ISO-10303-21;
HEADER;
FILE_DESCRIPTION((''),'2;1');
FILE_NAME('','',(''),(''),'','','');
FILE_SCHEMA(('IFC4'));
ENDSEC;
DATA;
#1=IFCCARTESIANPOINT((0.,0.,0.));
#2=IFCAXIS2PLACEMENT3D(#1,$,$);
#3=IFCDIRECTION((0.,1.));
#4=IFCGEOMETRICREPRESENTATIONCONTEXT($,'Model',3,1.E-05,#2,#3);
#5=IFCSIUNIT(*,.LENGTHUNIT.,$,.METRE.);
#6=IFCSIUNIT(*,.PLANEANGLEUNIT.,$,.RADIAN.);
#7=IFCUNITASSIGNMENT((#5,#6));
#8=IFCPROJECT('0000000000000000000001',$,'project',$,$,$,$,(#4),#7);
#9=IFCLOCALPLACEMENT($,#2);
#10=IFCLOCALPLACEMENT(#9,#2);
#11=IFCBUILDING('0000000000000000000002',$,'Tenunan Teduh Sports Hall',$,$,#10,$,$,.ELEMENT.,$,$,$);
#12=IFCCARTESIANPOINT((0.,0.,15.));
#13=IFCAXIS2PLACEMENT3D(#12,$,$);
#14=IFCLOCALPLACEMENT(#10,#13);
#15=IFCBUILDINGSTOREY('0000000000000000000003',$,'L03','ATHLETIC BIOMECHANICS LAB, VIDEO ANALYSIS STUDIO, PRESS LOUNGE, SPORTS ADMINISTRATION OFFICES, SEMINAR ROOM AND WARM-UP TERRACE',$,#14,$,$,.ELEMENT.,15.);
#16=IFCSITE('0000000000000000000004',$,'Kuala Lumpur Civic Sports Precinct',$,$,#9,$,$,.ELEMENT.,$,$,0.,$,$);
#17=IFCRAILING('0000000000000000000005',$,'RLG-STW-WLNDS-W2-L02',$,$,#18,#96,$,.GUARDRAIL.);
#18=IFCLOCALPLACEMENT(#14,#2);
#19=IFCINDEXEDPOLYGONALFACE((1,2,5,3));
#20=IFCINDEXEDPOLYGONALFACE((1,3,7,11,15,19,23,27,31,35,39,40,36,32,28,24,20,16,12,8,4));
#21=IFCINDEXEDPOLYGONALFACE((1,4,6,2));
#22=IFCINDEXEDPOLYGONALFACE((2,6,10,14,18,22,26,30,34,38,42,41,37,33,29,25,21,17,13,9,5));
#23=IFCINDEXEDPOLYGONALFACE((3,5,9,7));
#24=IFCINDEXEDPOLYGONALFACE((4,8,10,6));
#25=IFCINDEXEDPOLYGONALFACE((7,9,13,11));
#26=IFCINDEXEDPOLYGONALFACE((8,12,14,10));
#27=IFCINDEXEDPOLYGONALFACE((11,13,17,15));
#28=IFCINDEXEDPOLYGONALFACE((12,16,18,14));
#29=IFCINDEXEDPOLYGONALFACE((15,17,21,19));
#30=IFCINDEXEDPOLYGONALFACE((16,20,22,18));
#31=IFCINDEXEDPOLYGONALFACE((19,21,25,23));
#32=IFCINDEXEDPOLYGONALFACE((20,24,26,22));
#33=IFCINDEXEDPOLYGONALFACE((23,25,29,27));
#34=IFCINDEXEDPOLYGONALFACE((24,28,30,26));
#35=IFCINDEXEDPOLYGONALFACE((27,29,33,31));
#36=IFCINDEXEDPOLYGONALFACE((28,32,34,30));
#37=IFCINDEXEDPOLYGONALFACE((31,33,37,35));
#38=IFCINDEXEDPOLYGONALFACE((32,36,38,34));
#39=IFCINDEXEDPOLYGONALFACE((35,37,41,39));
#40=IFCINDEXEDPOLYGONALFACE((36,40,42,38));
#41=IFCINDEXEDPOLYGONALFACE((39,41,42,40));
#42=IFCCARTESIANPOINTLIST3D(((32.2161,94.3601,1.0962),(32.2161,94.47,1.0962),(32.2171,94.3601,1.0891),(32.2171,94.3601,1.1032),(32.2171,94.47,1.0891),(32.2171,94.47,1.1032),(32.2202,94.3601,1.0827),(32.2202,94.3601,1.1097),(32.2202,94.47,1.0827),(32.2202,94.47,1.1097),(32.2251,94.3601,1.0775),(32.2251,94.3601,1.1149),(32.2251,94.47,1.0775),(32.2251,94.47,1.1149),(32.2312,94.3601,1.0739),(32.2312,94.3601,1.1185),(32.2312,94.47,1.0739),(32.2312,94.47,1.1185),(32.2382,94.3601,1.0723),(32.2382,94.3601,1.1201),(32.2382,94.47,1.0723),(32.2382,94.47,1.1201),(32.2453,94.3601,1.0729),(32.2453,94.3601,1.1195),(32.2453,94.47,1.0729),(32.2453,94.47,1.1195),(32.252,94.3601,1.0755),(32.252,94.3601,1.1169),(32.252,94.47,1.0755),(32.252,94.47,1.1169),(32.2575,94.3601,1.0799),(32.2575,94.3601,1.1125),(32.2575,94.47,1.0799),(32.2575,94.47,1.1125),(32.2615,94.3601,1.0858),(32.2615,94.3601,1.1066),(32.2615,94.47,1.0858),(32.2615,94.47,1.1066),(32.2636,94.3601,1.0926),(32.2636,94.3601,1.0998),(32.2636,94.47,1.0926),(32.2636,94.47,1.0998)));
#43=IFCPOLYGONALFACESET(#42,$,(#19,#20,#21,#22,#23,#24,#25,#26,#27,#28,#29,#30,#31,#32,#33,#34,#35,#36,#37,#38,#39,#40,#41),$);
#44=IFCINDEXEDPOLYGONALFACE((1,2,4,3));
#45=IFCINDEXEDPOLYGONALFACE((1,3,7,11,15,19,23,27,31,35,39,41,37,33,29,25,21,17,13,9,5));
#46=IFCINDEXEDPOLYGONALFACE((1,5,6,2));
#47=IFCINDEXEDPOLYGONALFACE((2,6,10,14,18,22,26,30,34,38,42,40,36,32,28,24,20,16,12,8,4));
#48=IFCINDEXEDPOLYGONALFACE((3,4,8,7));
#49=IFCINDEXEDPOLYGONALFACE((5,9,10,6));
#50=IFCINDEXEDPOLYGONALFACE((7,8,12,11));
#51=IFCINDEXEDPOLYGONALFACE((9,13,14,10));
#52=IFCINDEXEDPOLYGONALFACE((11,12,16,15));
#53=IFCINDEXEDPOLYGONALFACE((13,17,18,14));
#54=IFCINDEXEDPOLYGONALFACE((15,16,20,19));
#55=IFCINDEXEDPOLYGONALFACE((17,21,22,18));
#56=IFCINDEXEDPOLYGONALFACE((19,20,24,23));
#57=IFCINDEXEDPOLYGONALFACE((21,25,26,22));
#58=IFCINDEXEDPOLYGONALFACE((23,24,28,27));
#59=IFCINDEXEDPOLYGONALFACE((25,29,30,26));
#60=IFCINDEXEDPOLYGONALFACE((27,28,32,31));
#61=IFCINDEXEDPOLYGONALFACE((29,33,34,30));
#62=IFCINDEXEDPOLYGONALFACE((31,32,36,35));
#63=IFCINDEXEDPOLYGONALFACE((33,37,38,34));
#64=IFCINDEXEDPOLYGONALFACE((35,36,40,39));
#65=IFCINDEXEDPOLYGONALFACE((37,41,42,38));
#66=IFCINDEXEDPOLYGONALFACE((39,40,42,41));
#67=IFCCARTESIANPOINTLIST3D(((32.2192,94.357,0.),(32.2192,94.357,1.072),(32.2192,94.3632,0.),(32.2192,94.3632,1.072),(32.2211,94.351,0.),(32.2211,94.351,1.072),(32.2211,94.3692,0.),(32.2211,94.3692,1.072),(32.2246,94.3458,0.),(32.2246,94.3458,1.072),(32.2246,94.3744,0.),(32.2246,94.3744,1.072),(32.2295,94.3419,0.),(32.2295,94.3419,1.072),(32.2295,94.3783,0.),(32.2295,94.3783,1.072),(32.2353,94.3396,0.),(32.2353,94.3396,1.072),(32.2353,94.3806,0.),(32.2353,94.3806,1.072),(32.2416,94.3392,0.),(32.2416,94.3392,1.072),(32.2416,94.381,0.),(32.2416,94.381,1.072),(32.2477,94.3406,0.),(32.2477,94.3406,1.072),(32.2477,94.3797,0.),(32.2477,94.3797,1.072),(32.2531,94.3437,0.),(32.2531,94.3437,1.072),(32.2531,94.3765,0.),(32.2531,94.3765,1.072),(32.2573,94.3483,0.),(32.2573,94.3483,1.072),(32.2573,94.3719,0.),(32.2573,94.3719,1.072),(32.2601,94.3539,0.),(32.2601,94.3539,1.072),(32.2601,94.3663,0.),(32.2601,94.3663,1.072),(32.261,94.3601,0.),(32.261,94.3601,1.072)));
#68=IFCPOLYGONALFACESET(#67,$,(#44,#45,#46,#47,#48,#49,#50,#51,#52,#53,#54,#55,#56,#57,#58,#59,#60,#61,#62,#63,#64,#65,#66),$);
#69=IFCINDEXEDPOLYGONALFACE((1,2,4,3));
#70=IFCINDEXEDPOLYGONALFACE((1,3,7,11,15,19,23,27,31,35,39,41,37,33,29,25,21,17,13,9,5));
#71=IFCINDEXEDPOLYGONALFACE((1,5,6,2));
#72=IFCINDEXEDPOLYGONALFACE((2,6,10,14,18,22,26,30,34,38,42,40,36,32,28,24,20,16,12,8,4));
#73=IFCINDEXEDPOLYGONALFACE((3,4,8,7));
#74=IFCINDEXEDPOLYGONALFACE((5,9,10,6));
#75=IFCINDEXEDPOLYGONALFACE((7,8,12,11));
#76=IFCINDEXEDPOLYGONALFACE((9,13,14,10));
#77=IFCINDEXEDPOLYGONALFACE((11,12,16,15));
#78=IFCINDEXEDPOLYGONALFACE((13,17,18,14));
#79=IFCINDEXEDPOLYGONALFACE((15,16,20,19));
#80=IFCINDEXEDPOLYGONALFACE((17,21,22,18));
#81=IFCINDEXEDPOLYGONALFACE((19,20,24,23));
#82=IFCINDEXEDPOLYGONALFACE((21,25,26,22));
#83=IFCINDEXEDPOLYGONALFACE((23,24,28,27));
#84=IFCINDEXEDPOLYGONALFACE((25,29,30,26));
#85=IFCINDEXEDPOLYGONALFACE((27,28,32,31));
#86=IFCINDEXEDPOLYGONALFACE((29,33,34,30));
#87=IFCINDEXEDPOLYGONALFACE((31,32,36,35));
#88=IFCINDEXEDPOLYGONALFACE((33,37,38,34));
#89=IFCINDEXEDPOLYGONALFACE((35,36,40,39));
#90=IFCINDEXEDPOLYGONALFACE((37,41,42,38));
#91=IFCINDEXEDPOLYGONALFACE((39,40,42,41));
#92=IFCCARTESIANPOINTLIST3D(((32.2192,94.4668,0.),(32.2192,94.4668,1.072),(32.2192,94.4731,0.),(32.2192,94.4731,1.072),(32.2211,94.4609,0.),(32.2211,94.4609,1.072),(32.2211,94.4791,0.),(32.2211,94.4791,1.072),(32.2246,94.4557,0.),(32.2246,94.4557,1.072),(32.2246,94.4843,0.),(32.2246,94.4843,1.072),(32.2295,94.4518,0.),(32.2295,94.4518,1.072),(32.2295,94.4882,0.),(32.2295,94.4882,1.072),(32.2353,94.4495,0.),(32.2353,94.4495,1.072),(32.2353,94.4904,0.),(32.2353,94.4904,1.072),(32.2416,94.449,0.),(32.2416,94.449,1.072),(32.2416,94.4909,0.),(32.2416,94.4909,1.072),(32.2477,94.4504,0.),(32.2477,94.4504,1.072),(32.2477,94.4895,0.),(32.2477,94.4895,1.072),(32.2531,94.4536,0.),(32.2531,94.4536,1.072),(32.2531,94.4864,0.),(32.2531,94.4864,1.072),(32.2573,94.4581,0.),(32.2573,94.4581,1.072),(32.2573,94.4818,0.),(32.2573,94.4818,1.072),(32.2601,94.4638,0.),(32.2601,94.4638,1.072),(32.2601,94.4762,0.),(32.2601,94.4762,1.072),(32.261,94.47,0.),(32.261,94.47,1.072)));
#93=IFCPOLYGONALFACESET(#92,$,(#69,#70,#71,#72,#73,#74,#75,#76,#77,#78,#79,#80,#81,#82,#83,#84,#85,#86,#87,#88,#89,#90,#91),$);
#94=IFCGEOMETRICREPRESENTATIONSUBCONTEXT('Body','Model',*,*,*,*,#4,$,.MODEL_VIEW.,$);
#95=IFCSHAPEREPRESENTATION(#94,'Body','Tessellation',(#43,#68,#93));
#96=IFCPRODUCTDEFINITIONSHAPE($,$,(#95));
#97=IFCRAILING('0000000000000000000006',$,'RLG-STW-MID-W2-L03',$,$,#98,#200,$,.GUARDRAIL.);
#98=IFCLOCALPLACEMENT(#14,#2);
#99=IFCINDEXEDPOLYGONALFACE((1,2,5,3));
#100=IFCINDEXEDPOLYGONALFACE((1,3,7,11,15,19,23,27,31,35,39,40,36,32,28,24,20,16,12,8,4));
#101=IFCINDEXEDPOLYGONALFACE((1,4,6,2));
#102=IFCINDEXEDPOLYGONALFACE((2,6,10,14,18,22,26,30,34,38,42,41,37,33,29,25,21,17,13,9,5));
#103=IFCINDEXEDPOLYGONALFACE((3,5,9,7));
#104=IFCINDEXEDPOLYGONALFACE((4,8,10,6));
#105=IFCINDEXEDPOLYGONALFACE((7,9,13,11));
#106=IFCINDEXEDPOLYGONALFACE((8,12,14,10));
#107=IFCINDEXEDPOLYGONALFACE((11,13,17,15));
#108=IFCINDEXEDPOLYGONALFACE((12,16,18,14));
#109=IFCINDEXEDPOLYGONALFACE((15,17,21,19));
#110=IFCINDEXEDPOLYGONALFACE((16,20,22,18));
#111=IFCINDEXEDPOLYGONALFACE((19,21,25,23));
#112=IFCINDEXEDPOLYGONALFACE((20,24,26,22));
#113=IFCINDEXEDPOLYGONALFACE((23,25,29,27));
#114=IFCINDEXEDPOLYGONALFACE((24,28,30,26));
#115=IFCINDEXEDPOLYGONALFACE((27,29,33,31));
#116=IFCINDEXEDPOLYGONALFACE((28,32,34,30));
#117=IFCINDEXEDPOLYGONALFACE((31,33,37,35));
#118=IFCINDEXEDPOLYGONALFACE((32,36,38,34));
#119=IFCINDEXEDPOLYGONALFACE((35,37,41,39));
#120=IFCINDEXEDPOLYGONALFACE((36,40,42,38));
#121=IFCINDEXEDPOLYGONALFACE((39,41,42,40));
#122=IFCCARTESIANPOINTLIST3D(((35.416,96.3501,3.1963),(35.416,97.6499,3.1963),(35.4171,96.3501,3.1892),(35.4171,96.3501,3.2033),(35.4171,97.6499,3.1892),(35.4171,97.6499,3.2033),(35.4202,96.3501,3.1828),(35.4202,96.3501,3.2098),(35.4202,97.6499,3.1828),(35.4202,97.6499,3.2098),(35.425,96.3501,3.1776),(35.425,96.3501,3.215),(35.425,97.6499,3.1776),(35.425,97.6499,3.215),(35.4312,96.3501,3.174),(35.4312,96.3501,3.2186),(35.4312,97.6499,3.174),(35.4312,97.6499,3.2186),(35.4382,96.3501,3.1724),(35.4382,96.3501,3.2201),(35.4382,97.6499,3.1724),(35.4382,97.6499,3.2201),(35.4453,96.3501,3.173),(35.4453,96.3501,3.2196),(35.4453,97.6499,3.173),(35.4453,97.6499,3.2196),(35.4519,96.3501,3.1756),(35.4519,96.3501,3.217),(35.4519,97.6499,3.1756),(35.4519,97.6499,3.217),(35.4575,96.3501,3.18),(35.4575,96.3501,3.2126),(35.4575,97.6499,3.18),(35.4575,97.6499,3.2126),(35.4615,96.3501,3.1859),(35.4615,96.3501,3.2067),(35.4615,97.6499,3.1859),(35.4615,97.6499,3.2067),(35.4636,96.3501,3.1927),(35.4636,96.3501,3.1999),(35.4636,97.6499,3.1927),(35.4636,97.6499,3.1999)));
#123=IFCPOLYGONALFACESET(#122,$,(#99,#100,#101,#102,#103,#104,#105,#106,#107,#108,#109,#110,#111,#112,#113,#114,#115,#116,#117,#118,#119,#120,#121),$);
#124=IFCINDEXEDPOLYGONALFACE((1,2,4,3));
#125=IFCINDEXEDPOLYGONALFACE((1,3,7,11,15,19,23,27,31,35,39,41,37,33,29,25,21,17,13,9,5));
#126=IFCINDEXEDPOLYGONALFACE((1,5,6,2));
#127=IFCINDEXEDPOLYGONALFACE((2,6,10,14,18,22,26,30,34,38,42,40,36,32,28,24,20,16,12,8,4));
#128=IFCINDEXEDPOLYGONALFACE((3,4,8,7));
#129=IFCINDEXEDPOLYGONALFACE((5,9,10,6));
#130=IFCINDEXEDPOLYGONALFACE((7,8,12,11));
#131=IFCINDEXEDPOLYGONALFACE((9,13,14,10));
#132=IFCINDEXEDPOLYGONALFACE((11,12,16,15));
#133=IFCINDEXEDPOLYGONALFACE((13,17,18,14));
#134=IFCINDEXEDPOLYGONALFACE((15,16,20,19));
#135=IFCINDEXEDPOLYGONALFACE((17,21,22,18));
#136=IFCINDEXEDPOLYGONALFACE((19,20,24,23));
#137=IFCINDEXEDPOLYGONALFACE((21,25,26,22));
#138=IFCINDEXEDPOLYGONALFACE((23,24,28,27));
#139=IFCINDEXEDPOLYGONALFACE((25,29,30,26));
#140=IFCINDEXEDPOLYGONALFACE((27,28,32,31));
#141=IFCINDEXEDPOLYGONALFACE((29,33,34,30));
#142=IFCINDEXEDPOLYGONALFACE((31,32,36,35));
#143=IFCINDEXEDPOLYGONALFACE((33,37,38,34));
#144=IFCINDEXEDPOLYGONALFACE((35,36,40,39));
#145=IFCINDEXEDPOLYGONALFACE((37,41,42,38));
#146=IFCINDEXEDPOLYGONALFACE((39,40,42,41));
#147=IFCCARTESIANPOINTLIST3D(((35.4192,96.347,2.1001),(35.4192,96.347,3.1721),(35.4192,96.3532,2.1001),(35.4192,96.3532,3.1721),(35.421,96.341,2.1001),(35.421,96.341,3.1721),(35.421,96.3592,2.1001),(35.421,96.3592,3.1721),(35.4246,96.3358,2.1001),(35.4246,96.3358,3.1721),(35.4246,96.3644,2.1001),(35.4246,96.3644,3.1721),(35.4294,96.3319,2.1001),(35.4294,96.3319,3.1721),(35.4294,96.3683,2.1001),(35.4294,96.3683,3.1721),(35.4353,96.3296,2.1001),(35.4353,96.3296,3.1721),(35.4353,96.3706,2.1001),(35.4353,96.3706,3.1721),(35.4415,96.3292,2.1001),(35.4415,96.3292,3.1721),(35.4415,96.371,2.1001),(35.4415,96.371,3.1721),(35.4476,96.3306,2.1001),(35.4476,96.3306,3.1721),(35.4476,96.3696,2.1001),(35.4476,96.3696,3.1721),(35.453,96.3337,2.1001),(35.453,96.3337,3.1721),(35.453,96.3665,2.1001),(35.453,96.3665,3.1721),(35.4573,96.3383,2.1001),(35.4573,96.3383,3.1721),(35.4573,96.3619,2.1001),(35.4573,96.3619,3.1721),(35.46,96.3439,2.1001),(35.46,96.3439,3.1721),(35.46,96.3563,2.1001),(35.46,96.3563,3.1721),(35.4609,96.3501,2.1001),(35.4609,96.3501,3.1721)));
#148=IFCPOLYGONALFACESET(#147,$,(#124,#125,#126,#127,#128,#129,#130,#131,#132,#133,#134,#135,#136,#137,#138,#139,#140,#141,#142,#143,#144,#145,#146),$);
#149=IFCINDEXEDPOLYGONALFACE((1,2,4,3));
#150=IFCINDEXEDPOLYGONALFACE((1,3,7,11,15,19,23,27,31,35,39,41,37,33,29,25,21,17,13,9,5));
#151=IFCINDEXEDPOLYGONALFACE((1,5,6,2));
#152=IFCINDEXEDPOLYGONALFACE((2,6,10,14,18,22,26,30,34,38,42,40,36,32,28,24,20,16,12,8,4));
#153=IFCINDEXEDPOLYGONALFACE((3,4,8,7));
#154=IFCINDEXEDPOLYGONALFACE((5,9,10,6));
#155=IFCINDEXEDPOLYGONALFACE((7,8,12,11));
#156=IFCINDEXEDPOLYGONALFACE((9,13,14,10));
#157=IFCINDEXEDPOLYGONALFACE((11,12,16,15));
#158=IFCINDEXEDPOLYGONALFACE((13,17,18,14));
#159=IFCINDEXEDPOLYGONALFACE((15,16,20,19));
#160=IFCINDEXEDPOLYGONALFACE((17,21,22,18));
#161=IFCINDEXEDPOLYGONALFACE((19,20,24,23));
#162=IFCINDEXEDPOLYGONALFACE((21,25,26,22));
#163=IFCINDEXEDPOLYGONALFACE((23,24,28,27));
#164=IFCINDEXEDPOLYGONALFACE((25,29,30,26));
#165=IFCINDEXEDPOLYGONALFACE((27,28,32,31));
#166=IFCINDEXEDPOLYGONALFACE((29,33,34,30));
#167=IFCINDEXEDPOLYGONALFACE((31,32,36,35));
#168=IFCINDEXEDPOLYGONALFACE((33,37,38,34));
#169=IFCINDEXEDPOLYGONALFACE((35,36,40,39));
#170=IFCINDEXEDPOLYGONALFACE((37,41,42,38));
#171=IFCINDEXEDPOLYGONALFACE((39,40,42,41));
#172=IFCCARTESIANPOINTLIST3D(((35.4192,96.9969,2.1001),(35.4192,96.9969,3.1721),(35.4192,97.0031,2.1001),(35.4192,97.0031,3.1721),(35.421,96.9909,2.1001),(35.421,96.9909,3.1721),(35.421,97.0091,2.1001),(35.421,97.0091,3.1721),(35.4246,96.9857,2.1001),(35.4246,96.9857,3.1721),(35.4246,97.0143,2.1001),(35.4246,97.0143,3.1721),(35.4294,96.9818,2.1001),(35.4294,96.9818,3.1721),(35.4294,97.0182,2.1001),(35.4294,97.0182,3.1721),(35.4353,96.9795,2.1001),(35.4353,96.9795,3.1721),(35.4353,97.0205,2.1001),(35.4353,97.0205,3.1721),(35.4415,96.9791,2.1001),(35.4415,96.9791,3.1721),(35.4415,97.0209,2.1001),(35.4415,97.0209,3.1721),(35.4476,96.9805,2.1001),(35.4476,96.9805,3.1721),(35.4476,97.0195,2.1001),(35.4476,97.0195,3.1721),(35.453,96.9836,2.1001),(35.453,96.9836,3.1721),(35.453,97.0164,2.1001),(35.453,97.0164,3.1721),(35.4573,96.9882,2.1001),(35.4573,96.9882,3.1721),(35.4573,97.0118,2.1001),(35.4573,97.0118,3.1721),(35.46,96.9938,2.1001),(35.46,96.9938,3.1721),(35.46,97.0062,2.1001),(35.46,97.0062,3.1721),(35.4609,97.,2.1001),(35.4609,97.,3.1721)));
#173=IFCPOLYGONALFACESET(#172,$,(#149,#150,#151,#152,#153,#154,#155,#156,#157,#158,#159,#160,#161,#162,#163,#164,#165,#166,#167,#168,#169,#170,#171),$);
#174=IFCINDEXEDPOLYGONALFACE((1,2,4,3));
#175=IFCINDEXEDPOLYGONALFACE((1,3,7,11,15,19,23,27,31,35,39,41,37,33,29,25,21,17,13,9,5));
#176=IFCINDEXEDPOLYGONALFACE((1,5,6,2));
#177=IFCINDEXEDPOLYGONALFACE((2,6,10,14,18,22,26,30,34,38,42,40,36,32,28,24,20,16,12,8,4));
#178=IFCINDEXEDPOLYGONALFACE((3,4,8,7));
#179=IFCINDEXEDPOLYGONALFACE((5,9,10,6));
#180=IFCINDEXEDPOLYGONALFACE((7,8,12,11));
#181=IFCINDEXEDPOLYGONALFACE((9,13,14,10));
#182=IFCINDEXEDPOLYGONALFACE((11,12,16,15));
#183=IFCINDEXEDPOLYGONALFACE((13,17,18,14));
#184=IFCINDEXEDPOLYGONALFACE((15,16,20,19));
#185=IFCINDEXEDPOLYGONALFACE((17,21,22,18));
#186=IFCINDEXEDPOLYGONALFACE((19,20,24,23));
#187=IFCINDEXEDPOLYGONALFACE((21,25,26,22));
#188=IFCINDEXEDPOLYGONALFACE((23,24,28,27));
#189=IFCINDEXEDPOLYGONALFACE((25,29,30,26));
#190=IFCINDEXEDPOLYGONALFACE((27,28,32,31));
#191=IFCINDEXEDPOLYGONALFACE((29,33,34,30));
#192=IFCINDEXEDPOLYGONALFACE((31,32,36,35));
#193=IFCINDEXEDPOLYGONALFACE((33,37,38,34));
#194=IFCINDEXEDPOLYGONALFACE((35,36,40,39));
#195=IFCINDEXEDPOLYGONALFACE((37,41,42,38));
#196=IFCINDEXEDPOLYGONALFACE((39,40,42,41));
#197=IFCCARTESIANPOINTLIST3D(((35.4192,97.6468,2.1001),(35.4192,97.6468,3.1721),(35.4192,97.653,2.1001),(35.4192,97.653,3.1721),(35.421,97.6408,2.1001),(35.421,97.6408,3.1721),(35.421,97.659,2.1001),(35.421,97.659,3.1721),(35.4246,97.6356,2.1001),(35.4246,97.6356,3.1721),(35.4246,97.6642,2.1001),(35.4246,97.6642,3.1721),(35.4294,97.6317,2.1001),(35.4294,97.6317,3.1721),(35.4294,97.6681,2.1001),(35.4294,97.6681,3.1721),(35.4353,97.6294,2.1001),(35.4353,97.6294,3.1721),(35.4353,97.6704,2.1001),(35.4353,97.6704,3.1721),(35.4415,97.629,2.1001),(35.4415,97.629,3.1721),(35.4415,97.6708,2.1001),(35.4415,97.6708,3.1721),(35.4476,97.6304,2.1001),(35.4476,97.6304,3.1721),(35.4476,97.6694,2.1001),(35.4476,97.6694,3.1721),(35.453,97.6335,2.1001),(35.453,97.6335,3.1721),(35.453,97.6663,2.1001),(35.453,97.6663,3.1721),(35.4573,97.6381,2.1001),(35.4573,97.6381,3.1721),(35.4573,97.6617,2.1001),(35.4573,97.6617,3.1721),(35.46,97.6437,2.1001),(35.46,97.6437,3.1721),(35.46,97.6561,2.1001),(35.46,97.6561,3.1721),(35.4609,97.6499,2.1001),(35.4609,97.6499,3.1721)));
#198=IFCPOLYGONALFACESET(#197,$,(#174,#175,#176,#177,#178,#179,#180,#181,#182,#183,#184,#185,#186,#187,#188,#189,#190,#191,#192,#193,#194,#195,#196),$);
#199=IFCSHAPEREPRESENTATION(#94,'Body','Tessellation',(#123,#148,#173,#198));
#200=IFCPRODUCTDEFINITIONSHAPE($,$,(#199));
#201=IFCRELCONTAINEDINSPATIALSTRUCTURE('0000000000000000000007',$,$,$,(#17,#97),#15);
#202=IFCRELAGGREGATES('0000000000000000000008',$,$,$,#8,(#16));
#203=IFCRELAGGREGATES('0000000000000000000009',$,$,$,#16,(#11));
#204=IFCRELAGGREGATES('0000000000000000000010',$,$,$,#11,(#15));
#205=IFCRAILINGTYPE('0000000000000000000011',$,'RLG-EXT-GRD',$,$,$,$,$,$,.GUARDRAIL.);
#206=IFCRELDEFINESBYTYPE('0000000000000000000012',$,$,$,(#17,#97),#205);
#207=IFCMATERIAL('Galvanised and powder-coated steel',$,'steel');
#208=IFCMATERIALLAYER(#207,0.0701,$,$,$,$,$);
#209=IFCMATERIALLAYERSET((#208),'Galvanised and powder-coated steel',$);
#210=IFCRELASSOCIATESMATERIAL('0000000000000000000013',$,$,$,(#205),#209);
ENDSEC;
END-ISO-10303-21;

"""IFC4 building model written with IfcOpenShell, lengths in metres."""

from ifc_helpers import new_model, si_unit, direction, frame, origin, origin_2d, place, context, subcontext, project, spatial, circle, extrude, material, layer, layer_set, type_object, element, save


model = new_model("IFC4")

# Units and contexts
model_context = context("Model", 3, precision=1e-05, world=origin(), true_north=direction((0.0, 1.0)))
body_context = subcontext(model_context, "Body", "Model", "MODEL_VIEW")
ifc_project = project(units=[si_unit("LENGTHUNIT", "METRE"), si_unit("PLANEANGLEUNIT", "RADIAN")], contexts=[model_context])

# Site, building, storey
site_placement = place(None, origin())
site = spatial("IfcSite", under=ifc_project, at=site_placement, Name="Kuala Lumpur Civic Sports Precinct", CompositionType="ELEMENT", RefElevation=0.0)
building_placement = place(site_placement, origin())
building = spatial("IfcBuilding", under=site, at=building_placement, Name="Tenunan Teduh Sports Hall", CompositionType="ELEMENT")
storey_placement = place(building_placement, frame((0.0, 0.0, 15.0)))
storey = spatial("IfcBuildingStorey", under=building, at=storey_placement, Name="L03", Description="ATHLETIC BIOMECHANICS LAB, VIDEO ANALYSIS STUDIO, PRESS LOUNGE, SPORTS ADMINISTRATION OFFICES, SEMINAR ROOM AND WARM-UP TERRACE", CompositionType="ELEMENT", Elevation=15.0)

# Railings
ifc_material_1 = material(Name="Galvanised and powder-coated steel", Category="steel")
ifc_layer_1 = layer(ifc_material_1, 0.0701)
ifc_layer_set_1 = layer_set([ifc_layer_1], Name="Galvanised and powder-coated steel")
railing_type_1 = type_object("IfcRailingType", Name="RLG-EXT-GRD", PredefinedType="GUARDRAIL", material=ifc_layer_set_1)
railing_1_placement = place(storey_placement, frame((32.24, 94.3601, 0.0)))
element("IfcRailing", 1, at=railing_1_placement, inside=storey, type_object=railing_type_1, Name="RLG-STW-WLNDS-W2-L02", PredefinedType="GUARDRAIL", context=body_context, shape_type="SweptSolid", body=[
    extrude(circle(Radius=0.0239, at=origin_2d()), frame((0.0, 0.0, 1.0962), z_axis=(0.0, 1.0, 0.0), x_axis=(-1.0, 0.0, 0.0)), (0.0, 0.0, 1.0), 0.1099),
    extrude(circle(Radius=0.021, at=origin_2d()), origin(), (0.0, 0.0, 1.0), 1.072),
    extrude(circle(Radius=0.021, at=origin_2d()), frame((0.0, 0.1099, 0.0)), (0.0, 0.0, 1.0), 1.072),
])
railing_2_placement = place(storey_placement, frame((35.4399, 96.3501, 2.1001)))
element("IfcRailing", 2, at=railing_2_placement, inside=storey, type_object=railing_type_1, Name="RLG-STW-MID-W2-L03", PredefinedType="GUARDRAIL", context=body_context, shape_type="SweptSolid", body=[
    extrude(circle(Radius=0.0239, at=origin_2d()), frame((0.0, 0.0, 1.0962), z_axis=(0.0, 1.0, 0.0), x_axis=(-1.0, 0.0, 0.0)), (0.0, 0.0, 1.0), 1.2998),
    extrude(circle(Radius=0.021, at=origin_2d()), origin(), (0.0, 0.0, 1.0), 1.072),
    extrude(circle(Radius=0.021, at=origin_2d()), frame((0.0, 0.6499, 0.0)), (0.0, 0.0, 1.0), 1.072),
    extrude(circle(Radius=0.021, at=origin_2d()), frame((0.0, 1.2998, 0.0)), (0.0, 0.0, 1.0), 1.072),
])

save(model, "model.ifc")
